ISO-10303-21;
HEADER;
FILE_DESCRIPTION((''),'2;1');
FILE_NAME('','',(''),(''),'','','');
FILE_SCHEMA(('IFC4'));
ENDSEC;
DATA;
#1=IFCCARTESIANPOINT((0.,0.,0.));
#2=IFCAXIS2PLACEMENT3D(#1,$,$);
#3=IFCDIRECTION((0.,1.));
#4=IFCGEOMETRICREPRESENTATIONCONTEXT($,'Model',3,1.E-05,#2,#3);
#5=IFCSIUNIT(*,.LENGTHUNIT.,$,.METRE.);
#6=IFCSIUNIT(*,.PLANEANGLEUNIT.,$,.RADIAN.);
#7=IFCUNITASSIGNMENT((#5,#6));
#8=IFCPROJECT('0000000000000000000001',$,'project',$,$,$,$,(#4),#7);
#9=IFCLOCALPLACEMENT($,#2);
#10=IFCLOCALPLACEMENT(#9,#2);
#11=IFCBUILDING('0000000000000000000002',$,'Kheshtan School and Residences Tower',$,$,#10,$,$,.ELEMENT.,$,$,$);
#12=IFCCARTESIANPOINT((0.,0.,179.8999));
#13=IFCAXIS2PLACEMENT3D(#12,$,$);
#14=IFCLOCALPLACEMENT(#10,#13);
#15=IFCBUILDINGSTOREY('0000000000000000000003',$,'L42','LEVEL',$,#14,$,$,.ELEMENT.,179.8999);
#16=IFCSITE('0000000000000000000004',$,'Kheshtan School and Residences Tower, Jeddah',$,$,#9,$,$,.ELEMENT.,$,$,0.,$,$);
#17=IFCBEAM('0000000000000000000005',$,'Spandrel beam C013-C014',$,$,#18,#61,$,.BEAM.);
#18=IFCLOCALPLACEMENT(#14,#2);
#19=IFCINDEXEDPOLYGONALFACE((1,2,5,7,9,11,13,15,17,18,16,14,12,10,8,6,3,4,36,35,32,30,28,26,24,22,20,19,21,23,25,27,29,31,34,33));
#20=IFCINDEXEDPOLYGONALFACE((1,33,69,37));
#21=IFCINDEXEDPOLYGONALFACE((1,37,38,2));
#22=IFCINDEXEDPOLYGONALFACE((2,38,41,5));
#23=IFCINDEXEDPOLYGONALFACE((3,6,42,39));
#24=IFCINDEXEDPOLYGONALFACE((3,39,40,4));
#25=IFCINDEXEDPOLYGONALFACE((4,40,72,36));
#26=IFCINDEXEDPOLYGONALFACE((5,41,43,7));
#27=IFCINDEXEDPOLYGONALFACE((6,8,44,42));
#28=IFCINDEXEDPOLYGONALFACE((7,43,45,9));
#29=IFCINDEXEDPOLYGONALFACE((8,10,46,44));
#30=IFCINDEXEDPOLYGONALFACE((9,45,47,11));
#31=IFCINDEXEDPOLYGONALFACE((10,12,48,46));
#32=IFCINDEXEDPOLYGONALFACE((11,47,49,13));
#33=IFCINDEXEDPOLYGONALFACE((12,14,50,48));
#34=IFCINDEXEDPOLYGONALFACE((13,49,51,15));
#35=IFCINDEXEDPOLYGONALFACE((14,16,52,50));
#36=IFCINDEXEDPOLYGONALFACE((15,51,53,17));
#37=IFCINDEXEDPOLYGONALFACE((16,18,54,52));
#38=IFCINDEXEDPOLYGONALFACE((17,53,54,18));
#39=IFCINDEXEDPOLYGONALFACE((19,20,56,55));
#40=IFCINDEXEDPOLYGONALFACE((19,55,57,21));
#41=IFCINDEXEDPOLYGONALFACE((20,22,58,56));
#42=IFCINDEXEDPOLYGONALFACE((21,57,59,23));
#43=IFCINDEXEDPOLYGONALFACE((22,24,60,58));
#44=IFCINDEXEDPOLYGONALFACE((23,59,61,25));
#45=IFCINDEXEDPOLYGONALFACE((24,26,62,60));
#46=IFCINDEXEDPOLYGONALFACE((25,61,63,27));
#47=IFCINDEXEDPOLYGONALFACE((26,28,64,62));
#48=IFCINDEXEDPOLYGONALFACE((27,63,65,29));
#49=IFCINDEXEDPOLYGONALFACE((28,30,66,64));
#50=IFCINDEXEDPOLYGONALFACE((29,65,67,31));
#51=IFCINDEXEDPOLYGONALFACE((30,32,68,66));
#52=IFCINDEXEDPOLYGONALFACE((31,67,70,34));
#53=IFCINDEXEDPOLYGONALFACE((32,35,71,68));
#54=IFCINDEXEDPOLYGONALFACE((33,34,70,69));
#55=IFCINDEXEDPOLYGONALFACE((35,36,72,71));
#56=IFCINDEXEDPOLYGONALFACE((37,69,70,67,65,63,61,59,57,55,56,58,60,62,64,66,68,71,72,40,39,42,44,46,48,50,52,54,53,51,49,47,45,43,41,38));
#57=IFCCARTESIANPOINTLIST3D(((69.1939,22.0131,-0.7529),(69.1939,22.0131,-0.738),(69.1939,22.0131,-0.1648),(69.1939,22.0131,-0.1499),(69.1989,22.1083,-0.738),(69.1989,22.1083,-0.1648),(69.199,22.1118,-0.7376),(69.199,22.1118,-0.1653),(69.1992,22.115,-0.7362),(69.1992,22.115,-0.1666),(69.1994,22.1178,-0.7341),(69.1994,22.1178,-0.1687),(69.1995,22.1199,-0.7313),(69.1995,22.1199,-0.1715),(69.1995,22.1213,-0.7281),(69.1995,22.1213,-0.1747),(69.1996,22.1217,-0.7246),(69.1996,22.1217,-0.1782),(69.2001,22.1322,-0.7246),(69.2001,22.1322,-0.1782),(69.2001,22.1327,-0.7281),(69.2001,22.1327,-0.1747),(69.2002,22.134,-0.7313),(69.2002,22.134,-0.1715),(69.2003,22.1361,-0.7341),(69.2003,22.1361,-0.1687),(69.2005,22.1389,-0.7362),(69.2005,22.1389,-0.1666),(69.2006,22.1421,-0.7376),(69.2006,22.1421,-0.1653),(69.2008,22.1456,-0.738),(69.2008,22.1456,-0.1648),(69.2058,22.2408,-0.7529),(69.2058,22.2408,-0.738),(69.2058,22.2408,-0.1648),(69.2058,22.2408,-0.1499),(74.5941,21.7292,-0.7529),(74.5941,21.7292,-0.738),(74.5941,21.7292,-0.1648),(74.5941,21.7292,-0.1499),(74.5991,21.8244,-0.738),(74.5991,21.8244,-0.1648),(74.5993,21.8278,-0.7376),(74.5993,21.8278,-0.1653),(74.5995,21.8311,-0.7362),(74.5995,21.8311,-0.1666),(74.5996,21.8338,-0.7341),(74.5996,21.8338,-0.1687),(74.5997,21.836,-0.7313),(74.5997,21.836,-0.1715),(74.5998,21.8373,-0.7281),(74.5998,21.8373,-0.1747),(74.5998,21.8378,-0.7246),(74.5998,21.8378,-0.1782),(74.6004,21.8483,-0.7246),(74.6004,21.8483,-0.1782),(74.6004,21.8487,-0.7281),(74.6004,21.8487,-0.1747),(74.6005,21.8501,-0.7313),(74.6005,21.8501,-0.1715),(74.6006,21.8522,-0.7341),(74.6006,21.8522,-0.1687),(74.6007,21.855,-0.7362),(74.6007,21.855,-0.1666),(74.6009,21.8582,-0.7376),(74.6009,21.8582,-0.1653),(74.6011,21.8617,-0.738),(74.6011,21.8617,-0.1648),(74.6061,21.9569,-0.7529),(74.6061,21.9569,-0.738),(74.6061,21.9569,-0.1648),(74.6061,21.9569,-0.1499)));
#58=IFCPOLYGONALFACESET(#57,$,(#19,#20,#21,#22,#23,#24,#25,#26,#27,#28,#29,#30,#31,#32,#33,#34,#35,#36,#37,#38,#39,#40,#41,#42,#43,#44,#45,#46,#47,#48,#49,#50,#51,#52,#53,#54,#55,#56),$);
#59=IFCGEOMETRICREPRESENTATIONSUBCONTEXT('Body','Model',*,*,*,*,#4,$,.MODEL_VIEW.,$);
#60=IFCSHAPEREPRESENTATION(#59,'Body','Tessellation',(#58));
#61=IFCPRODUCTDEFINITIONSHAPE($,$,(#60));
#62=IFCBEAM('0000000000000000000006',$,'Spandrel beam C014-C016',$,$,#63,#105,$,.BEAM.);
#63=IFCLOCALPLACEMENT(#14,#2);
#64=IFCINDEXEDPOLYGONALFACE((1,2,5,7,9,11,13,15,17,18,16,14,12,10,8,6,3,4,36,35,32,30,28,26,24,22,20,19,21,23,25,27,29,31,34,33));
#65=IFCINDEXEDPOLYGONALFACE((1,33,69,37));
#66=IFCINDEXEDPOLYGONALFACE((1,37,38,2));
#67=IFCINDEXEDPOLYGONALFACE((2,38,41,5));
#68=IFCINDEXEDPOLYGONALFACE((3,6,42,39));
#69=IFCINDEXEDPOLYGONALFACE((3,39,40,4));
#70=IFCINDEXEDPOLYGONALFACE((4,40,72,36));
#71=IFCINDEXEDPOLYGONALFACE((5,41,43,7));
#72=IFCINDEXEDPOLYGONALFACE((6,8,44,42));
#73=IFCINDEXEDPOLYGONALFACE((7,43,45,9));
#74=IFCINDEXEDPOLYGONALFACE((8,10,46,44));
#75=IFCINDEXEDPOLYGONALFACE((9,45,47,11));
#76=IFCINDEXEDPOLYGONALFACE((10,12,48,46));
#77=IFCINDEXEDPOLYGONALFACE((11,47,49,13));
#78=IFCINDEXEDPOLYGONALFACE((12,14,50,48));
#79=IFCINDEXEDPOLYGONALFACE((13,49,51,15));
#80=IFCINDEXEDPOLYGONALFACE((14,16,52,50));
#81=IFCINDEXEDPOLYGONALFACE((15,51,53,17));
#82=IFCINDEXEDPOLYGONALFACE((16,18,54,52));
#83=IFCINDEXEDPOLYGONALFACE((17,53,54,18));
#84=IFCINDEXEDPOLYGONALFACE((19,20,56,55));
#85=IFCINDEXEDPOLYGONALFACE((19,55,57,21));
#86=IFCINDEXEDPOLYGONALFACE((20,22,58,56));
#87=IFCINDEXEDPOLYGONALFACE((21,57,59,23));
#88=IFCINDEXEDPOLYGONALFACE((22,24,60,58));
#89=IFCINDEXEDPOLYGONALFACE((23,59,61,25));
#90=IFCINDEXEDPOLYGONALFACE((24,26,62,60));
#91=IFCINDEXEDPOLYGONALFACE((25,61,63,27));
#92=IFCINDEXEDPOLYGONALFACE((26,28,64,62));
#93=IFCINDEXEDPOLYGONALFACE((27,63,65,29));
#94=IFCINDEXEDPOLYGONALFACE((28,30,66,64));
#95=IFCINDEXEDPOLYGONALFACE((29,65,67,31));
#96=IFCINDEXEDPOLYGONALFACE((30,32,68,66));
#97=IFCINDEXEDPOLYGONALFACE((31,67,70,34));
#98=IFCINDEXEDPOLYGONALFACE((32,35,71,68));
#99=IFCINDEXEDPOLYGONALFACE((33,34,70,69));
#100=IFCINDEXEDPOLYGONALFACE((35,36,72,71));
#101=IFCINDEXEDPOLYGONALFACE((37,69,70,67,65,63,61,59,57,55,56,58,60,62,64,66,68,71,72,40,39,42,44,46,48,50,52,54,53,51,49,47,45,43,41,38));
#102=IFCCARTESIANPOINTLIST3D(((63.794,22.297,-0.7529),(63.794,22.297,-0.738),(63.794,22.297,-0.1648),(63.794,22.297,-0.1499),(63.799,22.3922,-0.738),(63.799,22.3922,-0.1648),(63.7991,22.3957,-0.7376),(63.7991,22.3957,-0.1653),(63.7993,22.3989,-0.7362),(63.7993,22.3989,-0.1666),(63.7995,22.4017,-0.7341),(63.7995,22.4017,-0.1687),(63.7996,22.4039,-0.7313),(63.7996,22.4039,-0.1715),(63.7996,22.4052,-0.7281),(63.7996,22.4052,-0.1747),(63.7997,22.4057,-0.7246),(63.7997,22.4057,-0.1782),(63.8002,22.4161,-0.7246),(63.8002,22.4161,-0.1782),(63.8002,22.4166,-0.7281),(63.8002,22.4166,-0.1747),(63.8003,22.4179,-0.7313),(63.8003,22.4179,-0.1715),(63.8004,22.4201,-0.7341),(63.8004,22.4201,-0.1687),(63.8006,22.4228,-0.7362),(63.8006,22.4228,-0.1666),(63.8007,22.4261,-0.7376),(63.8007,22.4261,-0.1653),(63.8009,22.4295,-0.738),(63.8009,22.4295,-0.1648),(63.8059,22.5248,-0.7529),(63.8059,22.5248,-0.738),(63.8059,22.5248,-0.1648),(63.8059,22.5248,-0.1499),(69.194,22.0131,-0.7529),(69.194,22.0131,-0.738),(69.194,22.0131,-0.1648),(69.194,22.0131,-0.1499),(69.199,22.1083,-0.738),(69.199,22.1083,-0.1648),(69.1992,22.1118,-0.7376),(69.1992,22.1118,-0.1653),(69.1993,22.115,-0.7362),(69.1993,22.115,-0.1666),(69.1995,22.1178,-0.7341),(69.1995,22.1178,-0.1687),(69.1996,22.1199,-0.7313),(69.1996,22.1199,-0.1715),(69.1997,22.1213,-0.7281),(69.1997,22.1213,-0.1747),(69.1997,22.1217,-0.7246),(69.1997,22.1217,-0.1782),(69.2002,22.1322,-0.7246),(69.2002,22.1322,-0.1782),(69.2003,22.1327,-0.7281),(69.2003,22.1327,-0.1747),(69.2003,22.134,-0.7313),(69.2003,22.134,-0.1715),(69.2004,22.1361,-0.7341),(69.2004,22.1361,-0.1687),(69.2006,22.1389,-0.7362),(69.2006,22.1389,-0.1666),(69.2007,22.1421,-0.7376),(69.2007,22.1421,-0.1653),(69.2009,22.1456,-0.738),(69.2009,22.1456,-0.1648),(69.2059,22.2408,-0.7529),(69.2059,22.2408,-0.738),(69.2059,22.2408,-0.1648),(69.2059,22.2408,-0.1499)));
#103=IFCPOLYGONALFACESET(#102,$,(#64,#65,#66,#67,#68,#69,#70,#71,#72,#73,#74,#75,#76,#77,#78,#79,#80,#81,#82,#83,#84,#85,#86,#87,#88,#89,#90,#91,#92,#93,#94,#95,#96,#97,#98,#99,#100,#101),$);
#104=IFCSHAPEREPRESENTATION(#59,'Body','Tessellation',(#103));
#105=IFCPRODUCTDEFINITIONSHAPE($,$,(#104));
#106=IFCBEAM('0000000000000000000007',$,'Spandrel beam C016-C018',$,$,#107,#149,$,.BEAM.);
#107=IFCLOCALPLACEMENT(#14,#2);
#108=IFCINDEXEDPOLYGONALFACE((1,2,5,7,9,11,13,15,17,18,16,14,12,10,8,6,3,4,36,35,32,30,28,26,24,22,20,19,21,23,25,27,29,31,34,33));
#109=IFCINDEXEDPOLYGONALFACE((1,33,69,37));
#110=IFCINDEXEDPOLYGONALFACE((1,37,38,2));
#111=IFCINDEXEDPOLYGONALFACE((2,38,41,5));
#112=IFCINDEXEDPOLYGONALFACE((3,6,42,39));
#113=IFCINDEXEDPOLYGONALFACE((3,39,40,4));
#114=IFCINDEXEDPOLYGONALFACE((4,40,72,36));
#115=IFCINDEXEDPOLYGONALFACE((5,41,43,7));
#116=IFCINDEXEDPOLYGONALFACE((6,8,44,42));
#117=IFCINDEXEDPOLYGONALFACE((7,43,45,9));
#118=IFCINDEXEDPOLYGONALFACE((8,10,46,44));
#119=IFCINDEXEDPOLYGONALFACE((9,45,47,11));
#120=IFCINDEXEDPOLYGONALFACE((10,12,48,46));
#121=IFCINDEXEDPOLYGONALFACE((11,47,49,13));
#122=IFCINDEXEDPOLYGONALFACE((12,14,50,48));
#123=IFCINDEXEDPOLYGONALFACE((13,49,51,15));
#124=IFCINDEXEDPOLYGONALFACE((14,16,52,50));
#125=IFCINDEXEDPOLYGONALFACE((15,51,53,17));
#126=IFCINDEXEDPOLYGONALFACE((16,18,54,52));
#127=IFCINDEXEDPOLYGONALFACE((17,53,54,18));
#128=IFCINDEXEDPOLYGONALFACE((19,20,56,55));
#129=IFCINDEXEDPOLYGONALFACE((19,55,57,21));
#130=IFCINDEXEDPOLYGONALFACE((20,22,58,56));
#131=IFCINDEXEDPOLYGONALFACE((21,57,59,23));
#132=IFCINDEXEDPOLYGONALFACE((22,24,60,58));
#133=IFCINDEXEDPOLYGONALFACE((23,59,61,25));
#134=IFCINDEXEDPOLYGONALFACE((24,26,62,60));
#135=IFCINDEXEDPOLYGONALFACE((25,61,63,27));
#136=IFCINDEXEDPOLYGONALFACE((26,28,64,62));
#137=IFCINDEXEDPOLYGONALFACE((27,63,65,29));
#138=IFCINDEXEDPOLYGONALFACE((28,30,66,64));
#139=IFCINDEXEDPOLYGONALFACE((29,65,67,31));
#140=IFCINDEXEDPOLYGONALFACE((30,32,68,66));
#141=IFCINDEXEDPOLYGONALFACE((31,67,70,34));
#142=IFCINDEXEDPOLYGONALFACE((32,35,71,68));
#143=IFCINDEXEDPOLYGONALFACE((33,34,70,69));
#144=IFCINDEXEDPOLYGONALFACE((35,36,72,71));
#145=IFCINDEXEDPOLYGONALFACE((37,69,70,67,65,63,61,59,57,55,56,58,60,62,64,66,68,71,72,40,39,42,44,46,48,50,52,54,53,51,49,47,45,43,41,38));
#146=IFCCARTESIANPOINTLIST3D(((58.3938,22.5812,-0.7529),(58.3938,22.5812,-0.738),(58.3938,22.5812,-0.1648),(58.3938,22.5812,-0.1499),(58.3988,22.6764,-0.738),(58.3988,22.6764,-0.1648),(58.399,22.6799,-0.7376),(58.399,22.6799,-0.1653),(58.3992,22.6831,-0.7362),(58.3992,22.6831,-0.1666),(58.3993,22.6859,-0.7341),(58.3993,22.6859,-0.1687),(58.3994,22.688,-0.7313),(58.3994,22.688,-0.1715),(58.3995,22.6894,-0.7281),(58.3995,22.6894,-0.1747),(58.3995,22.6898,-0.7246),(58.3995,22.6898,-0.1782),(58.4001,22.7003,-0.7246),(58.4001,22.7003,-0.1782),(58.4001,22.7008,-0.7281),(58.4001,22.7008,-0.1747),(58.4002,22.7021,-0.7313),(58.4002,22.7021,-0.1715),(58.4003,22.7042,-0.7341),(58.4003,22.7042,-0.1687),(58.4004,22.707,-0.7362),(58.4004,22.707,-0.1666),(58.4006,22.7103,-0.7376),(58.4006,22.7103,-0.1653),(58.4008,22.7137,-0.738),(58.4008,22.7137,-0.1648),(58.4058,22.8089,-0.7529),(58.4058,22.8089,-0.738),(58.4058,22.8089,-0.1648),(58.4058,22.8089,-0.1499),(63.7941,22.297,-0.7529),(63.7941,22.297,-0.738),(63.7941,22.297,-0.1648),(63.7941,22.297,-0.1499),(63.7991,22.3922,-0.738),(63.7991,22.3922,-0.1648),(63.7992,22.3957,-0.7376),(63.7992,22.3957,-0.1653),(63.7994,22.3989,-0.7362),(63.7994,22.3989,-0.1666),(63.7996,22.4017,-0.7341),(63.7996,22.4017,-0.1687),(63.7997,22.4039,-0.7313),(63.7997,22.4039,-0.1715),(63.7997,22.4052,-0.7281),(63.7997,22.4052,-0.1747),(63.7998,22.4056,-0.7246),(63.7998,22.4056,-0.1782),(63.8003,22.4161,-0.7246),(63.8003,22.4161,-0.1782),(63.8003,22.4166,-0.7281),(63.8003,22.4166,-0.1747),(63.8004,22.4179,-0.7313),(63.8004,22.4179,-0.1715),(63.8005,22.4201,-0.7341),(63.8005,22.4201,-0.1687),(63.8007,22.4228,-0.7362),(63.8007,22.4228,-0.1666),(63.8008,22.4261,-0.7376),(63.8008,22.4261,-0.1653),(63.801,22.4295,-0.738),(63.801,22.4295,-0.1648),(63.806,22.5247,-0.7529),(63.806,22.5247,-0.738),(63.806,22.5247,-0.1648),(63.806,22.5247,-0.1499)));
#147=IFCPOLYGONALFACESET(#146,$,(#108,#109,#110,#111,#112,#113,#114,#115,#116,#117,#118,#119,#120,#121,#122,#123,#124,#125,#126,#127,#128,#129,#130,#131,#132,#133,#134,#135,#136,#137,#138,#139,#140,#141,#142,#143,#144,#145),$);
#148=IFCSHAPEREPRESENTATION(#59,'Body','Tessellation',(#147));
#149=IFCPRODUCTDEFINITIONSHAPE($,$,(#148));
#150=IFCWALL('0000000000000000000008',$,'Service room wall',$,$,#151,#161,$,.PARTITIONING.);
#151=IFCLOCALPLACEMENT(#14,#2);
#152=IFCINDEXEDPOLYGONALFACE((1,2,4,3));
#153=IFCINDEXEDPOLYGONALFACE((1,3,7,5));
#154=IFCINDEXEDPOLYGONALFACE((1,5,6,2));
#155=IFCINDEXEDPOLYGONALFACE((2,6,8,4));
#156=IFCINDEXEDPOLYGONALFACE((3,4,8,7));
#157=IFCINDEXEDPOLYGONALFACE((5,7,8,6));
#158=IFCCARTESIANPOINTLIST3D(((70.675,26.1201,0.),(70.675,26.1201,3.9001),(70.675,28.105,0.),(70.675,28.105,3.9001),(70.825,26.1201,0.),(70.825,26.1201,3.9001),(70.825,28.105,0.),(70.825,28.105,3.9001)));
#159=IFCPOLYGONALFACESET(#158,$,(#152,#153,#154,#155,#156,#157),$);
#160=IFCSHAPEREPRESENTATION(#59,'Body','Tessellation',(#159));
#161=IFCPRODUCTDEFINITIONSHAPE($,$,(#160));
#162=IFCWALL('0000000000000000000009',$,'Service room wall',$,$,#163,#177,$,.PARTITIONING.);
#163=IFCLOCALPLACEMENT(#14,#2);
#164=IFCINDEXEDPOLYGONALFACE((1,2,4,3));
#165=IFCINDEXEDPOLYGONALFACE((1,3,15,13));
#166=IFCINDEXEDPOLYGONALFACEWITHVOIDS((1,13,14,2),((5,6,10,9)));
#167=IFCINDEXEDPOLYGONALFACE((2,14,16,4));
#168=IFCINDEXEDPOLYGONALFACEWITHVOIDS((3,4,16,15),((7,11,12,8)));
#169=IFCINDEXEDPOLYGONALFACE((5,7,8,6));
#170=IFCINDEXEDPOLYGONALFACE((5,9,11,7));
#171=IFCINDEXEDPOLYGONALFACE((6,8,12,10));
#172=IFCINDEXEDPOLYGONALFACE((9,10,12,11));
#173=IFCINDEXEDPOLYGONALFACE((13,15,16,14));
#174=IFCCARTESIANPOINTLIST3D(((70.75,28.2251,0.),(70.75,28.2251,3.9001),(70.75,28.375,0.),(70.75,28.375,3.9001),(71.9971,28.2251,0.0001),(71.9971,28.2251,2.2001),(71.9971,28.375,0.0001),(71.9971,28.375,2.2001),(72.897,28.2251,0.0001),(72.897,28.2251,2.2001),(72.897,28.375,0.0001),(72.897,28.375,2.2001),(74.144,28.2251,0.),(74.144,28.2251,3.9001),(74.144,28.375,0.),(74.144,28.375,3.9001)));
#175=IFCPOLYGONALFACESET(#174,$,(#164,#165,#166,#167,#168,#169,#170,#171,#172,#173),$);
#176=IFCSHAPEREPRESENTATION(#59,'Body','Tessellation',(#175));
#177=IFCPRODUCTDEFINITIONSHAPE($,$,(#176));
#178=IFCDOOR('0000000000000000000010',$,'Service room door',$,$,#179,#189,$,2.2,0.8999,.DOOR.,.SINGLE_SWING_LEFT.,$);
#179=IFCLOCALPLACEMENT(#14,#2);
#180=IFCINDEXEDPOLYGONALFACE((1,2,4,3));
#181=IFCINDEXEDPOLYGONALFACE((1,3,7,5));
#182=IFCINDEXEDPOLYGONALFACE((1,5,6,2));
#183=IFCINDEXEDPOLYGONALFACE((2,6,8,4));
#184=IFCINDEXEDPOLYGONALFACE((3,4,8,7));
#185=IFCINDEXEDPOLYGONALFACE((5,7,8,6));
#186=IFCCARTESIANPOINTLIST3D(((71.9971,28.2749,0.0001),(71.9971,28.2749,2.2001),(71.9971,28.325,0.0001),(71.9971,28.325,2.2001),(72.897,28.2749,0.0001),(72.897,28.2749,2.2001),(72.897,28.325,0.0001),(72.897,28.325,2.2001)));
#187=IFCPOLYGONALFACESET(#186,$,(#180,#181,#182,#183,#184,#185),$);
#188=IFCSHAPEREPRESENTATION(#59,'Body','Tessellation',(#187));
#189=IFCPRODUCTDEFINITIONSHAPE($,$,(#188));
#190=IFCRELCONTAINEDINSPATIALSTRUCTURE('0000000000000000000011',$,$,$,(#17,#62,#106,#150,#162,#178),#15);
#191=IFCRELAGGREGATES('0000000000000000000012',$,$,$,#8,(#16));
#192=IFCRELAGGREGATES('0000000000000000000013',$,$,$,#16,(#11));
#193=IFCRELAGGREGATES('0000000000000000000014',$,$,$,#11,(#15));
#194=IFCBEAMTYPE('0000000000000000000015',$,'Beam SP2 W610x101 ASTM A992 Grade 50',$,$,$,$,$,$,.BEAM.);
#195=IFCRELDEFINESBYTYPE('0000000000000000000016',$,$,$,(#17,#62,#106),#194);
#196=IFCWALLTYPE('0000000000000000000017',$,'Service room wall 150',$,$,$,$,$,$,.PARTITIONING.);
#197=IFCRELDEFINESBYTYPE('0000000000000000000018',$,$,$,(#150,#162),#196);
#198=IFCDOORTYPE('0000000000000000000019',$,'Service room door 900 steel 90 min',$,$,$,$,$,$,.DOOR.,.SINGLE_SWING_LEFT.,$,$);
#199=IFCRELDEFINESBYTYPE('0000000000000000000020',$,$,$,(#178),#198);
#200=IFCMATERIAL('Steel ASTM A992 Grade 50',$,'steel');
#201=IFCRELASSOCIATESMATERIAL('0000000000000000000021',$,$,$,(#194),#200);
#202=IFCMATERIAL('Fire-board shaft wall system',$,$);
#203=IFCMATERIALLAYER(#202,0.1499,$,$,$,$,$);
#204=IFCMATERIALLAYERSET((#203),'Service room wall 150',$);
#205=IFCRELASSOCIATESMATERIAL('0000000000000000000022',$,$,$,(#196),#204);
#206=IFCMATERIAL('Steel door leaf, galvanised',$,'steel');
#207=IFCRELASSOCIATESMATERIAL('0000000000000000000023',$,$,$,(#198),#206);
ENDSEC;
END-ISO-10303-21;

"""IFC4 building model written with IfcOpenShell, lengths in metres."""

from ifc_helpers import new_model, si_unit, direction, frame, frame_2d, origin, origin_2d, place, context, subcontext, project, spatial, rectangle, i_section, extrude, source, transform, mapped, material, layer, layer_set, material_profile, profile_set, type_object, element, fill, save


model = new_model("IFC4")

# Units and contexts
model_context = context("Model", 3, precision=1e-05, world=origin(), true_north=direction((0.0, 1.0)))
body_context = subcontext(model_context, "Body", "Model", "MODEL_VIEW")
ifc_project = project(units=[si_unit("LENGTHUNIT", "METRE"), si_unit("PLANEANGLEUNIT", "RADIAN")], contexts=[model_context])

# Site, building, storey
site_placement = place(None, origin())
site = spatial("IfcSite", under=ifc_project, at=site_placement, Name="Kheshtan School and Residences Tower, Jeddah", CompositionType="ELEMENT", RefElevation=0.0)
building_placement = place(site_placement, origin())
building = spatial("IfcBuilding", under=site, at=building_placement, Name="Kheshtan School and Residences Tower", CompositionType="ELEMENT")
storey_placement = place(building_placement, frame((0.0, 0.0, 179.8999)))
storey = spatial("IfcBuildingStorey", under=building, at=storey_placement, Name="L42", Description="LEVEL", CompositionType="ELEMENT", Elevation=179.8999)

# Shared definitions
ifc_material_1 = material(Name="Steel ASTM A992 Grade 50", Category="steel")

# Beams
ifc_material_profile_1 = material_profile(ifc_material_1, i_section(OverallWidth=0.228, OverallDepth=0.603, WebThickness=0.0105, FlangeThickness=0.0149, FilletRadius=0.0134, at=origin_2d()), Name="W610x101")
ifc_profile_set_1 = profile_set([ifc_material_profile_1], Name="Steel ASTM A992 Grade 50")
beam_type_1 = type_object("IfcBeamType", Name="Beam SP2 W610x101 ASTM A992 Grade 50", PredefinedType="BEAM", material=ifc_profile_set_1)
beam_1_placement = place(storey_placement, frame((74.6001, 21.843, -0.4514), z_axis=(-0.998621, 0.052507, 0.0), x_axis=(-0.052507, -0.998621, 0.0)))
element("IfcBeam", 1, at=beam_1_placement, inside=storey, type_object=beam_type_1, Name="Spandrel beam C013-C014", PredefinedType="BEAM", context=body_context, shape_type="SweptSolid", body=[
    extrude(i_section(OverallWidth=0.228, OverallDepth=0.603, WebThickness=0.0105, FlangeThickness=0.0149, FilletRadius=0.0134, at=origin_2d()), origin(), (0.0, 0.0, 1.0), 5.4077),
])
beam_2_placement = place(storey_placement, frame((69.2, 22.127, -0.4514), z_axis=(-0.99862, 0.052509, 0.0), x_axis=(-0.052509, -0.99862, 0.0)))
element("IfcBeam", 2, at=beam_2_placement, inside=storey, type_object=beam_type_1, Name="Spandrel beam C014-C016", PredefinedType="BEAM", context=body_context, shape_type="SweptSolid", body=[
    extrude(i_section(OverallWidth=0.228, OverallDepth=0.603, WebThickness=0.0105, FlangeThickness=0.0149, FilletRadius=0.0134, at=origin_2d()), origin(), (0.0, 0.0, 1.0), 5.4075),
])
beam_3_placement = place(storey_placement, frame((63.8, 22.4109, -0.4514), z_axis=(-0.998618, 0.052552, 0.0), x_axis=(-0.052552, -0.998618, 0.0)))
element("IfcBeam", 3, at=beam_3_placement, inside=storey, type_object=beam_type_1, Name="Spandrel beam C016-C018", PredefinedType="BEAM", context=body_context, shape_type="SweptSolid", body=[
    extrude(i_section(OverallWidth=0.228, OverallDepth=0.603, WebThickness=0.0105, FlangeThickness=0.0149, FilletRadius=0.0134, at=origin_2d()), origin(), (0.0, 0.0, 1.0), 5.4077),
])

# Wall
ifc_material_2 = material(Name="Fire-board shaft wall system")
ifc_layer_1 = layer(ifc_material_2, 0.1499)
ifc_layer_set_1 = layer_set([ifc_layer_1], Name="Service room wall 150")
wall_type_1 = type_object("IfcWallType", Name="Service room wall 150", PredefinedType="PARTITIONING", material=ifc_layer_set_1)
wall_1_placement = place(storey_placement, frame((70.75, 26.1201, 0.0), z_axis=(0.0, 0.0, 1.0), x_axis=(0.0, 1.0, 0.0)))
element("IfcWall", 4, at=wall_1_placement, inside=storey, type_object=wall_type_1, Name="Service room wall", PredefinedType="PARTITIONING", context=body_context, shape_type="SweptSolid", body=[
    extrude(rectangle(XDim=1.9849, YDim=0.1499, at=frame_2d((0.9924, 0.0))), origin(), (0.0, 0.0, 1.0), 3.9001),
])

# Wall, opening, door
wall_2_placement = place(storey_placement, frame((70.75, 28.3, 0.0), z_axis=(0.0, 0.0, 1.0), x_axis=(1.0, 0.0, 0.0)))
wall_2 = element("IfcWall", 5, at=wall_2_placement, inside=storey, type_object=wall_type_1, Name="Service room wall", PredefinedType="PARTITIONING", context=body_context, shape_type="SweptSolid", body=[
    extrude(rectangle(XDim=3.394, YDim=0.1499, at=frame_2d((1.697, 0.0))), origin(), (0.0, 0.0, 1.0), 3.9001),
])
opening_1_placement = place(wall_2_placement, frame((1.2471, 0.0, 0.0)))
opening_1 = element("IfcOpeningElement", 6, at=opening_1_placement, cuts=wall_2, PredefinedType="OPENING", context=body_context, shape_type="SweptSolid", body=[
    extrude(rectangle(XDim=0.8999, YDim=2.2, at=frame_2d((0.45, 1.1001))), frame((0.0, 0.085, 0.0), z_axis=(0.0, -1.0, 0.0), x_axis=(1.0, 0.0, 0.0)), (0.0, 0.0, 1.0), 0.1699),
])
ifc_material_3 = material(Name="Steel door leaf, galvanised", Category="steel")
door_type_1 = type_object("IfcDoorType", Name="Service room door 900 steel 90 min", OperationType="SINGLE_SWING_LEFT", PredefinedType="DOOR", material=ifc_material_3)
shared_shape_1 = source(origin(), body_context, "Body", "SweptSolid", [
    extrude(rectangle(XDim=0.8999, YDim=2.2, at=frame_2d((0.45, 1.1001))), frame((0.0, 0.0249, 0.0), z_axis=(0.0, -1.0, 0.0), x_axis=(1.0, 0.0, 0.0)), (0.0, 0.0, 1.0), 0.05),
])
door_1_placement = place(opening_1_placement, origin())
door_1 = element("IfcDoor", 7, at=door_1_placement, inside=storey, type_object=door_type_1, Name="Service room door", OperationType="SINGLE_SWING_LEFT", OverallHeight=2.2, OverallWidth=0.8999, PredefinedType="DOOR", context=body_context, shape_type="MappedRepresentation", body=[
    mapped(shared_shape_1, transform((0.0, 0.0, 0.0), x_axis=(1.0, 0.0, 0.0), y_axis=(0.0, 1.0, 0.0), z_axis=(0.0, 0.0, 1.0), scale=1.0)),
])
fill(opening_1, door_1)

save(model, "model.ifc")
